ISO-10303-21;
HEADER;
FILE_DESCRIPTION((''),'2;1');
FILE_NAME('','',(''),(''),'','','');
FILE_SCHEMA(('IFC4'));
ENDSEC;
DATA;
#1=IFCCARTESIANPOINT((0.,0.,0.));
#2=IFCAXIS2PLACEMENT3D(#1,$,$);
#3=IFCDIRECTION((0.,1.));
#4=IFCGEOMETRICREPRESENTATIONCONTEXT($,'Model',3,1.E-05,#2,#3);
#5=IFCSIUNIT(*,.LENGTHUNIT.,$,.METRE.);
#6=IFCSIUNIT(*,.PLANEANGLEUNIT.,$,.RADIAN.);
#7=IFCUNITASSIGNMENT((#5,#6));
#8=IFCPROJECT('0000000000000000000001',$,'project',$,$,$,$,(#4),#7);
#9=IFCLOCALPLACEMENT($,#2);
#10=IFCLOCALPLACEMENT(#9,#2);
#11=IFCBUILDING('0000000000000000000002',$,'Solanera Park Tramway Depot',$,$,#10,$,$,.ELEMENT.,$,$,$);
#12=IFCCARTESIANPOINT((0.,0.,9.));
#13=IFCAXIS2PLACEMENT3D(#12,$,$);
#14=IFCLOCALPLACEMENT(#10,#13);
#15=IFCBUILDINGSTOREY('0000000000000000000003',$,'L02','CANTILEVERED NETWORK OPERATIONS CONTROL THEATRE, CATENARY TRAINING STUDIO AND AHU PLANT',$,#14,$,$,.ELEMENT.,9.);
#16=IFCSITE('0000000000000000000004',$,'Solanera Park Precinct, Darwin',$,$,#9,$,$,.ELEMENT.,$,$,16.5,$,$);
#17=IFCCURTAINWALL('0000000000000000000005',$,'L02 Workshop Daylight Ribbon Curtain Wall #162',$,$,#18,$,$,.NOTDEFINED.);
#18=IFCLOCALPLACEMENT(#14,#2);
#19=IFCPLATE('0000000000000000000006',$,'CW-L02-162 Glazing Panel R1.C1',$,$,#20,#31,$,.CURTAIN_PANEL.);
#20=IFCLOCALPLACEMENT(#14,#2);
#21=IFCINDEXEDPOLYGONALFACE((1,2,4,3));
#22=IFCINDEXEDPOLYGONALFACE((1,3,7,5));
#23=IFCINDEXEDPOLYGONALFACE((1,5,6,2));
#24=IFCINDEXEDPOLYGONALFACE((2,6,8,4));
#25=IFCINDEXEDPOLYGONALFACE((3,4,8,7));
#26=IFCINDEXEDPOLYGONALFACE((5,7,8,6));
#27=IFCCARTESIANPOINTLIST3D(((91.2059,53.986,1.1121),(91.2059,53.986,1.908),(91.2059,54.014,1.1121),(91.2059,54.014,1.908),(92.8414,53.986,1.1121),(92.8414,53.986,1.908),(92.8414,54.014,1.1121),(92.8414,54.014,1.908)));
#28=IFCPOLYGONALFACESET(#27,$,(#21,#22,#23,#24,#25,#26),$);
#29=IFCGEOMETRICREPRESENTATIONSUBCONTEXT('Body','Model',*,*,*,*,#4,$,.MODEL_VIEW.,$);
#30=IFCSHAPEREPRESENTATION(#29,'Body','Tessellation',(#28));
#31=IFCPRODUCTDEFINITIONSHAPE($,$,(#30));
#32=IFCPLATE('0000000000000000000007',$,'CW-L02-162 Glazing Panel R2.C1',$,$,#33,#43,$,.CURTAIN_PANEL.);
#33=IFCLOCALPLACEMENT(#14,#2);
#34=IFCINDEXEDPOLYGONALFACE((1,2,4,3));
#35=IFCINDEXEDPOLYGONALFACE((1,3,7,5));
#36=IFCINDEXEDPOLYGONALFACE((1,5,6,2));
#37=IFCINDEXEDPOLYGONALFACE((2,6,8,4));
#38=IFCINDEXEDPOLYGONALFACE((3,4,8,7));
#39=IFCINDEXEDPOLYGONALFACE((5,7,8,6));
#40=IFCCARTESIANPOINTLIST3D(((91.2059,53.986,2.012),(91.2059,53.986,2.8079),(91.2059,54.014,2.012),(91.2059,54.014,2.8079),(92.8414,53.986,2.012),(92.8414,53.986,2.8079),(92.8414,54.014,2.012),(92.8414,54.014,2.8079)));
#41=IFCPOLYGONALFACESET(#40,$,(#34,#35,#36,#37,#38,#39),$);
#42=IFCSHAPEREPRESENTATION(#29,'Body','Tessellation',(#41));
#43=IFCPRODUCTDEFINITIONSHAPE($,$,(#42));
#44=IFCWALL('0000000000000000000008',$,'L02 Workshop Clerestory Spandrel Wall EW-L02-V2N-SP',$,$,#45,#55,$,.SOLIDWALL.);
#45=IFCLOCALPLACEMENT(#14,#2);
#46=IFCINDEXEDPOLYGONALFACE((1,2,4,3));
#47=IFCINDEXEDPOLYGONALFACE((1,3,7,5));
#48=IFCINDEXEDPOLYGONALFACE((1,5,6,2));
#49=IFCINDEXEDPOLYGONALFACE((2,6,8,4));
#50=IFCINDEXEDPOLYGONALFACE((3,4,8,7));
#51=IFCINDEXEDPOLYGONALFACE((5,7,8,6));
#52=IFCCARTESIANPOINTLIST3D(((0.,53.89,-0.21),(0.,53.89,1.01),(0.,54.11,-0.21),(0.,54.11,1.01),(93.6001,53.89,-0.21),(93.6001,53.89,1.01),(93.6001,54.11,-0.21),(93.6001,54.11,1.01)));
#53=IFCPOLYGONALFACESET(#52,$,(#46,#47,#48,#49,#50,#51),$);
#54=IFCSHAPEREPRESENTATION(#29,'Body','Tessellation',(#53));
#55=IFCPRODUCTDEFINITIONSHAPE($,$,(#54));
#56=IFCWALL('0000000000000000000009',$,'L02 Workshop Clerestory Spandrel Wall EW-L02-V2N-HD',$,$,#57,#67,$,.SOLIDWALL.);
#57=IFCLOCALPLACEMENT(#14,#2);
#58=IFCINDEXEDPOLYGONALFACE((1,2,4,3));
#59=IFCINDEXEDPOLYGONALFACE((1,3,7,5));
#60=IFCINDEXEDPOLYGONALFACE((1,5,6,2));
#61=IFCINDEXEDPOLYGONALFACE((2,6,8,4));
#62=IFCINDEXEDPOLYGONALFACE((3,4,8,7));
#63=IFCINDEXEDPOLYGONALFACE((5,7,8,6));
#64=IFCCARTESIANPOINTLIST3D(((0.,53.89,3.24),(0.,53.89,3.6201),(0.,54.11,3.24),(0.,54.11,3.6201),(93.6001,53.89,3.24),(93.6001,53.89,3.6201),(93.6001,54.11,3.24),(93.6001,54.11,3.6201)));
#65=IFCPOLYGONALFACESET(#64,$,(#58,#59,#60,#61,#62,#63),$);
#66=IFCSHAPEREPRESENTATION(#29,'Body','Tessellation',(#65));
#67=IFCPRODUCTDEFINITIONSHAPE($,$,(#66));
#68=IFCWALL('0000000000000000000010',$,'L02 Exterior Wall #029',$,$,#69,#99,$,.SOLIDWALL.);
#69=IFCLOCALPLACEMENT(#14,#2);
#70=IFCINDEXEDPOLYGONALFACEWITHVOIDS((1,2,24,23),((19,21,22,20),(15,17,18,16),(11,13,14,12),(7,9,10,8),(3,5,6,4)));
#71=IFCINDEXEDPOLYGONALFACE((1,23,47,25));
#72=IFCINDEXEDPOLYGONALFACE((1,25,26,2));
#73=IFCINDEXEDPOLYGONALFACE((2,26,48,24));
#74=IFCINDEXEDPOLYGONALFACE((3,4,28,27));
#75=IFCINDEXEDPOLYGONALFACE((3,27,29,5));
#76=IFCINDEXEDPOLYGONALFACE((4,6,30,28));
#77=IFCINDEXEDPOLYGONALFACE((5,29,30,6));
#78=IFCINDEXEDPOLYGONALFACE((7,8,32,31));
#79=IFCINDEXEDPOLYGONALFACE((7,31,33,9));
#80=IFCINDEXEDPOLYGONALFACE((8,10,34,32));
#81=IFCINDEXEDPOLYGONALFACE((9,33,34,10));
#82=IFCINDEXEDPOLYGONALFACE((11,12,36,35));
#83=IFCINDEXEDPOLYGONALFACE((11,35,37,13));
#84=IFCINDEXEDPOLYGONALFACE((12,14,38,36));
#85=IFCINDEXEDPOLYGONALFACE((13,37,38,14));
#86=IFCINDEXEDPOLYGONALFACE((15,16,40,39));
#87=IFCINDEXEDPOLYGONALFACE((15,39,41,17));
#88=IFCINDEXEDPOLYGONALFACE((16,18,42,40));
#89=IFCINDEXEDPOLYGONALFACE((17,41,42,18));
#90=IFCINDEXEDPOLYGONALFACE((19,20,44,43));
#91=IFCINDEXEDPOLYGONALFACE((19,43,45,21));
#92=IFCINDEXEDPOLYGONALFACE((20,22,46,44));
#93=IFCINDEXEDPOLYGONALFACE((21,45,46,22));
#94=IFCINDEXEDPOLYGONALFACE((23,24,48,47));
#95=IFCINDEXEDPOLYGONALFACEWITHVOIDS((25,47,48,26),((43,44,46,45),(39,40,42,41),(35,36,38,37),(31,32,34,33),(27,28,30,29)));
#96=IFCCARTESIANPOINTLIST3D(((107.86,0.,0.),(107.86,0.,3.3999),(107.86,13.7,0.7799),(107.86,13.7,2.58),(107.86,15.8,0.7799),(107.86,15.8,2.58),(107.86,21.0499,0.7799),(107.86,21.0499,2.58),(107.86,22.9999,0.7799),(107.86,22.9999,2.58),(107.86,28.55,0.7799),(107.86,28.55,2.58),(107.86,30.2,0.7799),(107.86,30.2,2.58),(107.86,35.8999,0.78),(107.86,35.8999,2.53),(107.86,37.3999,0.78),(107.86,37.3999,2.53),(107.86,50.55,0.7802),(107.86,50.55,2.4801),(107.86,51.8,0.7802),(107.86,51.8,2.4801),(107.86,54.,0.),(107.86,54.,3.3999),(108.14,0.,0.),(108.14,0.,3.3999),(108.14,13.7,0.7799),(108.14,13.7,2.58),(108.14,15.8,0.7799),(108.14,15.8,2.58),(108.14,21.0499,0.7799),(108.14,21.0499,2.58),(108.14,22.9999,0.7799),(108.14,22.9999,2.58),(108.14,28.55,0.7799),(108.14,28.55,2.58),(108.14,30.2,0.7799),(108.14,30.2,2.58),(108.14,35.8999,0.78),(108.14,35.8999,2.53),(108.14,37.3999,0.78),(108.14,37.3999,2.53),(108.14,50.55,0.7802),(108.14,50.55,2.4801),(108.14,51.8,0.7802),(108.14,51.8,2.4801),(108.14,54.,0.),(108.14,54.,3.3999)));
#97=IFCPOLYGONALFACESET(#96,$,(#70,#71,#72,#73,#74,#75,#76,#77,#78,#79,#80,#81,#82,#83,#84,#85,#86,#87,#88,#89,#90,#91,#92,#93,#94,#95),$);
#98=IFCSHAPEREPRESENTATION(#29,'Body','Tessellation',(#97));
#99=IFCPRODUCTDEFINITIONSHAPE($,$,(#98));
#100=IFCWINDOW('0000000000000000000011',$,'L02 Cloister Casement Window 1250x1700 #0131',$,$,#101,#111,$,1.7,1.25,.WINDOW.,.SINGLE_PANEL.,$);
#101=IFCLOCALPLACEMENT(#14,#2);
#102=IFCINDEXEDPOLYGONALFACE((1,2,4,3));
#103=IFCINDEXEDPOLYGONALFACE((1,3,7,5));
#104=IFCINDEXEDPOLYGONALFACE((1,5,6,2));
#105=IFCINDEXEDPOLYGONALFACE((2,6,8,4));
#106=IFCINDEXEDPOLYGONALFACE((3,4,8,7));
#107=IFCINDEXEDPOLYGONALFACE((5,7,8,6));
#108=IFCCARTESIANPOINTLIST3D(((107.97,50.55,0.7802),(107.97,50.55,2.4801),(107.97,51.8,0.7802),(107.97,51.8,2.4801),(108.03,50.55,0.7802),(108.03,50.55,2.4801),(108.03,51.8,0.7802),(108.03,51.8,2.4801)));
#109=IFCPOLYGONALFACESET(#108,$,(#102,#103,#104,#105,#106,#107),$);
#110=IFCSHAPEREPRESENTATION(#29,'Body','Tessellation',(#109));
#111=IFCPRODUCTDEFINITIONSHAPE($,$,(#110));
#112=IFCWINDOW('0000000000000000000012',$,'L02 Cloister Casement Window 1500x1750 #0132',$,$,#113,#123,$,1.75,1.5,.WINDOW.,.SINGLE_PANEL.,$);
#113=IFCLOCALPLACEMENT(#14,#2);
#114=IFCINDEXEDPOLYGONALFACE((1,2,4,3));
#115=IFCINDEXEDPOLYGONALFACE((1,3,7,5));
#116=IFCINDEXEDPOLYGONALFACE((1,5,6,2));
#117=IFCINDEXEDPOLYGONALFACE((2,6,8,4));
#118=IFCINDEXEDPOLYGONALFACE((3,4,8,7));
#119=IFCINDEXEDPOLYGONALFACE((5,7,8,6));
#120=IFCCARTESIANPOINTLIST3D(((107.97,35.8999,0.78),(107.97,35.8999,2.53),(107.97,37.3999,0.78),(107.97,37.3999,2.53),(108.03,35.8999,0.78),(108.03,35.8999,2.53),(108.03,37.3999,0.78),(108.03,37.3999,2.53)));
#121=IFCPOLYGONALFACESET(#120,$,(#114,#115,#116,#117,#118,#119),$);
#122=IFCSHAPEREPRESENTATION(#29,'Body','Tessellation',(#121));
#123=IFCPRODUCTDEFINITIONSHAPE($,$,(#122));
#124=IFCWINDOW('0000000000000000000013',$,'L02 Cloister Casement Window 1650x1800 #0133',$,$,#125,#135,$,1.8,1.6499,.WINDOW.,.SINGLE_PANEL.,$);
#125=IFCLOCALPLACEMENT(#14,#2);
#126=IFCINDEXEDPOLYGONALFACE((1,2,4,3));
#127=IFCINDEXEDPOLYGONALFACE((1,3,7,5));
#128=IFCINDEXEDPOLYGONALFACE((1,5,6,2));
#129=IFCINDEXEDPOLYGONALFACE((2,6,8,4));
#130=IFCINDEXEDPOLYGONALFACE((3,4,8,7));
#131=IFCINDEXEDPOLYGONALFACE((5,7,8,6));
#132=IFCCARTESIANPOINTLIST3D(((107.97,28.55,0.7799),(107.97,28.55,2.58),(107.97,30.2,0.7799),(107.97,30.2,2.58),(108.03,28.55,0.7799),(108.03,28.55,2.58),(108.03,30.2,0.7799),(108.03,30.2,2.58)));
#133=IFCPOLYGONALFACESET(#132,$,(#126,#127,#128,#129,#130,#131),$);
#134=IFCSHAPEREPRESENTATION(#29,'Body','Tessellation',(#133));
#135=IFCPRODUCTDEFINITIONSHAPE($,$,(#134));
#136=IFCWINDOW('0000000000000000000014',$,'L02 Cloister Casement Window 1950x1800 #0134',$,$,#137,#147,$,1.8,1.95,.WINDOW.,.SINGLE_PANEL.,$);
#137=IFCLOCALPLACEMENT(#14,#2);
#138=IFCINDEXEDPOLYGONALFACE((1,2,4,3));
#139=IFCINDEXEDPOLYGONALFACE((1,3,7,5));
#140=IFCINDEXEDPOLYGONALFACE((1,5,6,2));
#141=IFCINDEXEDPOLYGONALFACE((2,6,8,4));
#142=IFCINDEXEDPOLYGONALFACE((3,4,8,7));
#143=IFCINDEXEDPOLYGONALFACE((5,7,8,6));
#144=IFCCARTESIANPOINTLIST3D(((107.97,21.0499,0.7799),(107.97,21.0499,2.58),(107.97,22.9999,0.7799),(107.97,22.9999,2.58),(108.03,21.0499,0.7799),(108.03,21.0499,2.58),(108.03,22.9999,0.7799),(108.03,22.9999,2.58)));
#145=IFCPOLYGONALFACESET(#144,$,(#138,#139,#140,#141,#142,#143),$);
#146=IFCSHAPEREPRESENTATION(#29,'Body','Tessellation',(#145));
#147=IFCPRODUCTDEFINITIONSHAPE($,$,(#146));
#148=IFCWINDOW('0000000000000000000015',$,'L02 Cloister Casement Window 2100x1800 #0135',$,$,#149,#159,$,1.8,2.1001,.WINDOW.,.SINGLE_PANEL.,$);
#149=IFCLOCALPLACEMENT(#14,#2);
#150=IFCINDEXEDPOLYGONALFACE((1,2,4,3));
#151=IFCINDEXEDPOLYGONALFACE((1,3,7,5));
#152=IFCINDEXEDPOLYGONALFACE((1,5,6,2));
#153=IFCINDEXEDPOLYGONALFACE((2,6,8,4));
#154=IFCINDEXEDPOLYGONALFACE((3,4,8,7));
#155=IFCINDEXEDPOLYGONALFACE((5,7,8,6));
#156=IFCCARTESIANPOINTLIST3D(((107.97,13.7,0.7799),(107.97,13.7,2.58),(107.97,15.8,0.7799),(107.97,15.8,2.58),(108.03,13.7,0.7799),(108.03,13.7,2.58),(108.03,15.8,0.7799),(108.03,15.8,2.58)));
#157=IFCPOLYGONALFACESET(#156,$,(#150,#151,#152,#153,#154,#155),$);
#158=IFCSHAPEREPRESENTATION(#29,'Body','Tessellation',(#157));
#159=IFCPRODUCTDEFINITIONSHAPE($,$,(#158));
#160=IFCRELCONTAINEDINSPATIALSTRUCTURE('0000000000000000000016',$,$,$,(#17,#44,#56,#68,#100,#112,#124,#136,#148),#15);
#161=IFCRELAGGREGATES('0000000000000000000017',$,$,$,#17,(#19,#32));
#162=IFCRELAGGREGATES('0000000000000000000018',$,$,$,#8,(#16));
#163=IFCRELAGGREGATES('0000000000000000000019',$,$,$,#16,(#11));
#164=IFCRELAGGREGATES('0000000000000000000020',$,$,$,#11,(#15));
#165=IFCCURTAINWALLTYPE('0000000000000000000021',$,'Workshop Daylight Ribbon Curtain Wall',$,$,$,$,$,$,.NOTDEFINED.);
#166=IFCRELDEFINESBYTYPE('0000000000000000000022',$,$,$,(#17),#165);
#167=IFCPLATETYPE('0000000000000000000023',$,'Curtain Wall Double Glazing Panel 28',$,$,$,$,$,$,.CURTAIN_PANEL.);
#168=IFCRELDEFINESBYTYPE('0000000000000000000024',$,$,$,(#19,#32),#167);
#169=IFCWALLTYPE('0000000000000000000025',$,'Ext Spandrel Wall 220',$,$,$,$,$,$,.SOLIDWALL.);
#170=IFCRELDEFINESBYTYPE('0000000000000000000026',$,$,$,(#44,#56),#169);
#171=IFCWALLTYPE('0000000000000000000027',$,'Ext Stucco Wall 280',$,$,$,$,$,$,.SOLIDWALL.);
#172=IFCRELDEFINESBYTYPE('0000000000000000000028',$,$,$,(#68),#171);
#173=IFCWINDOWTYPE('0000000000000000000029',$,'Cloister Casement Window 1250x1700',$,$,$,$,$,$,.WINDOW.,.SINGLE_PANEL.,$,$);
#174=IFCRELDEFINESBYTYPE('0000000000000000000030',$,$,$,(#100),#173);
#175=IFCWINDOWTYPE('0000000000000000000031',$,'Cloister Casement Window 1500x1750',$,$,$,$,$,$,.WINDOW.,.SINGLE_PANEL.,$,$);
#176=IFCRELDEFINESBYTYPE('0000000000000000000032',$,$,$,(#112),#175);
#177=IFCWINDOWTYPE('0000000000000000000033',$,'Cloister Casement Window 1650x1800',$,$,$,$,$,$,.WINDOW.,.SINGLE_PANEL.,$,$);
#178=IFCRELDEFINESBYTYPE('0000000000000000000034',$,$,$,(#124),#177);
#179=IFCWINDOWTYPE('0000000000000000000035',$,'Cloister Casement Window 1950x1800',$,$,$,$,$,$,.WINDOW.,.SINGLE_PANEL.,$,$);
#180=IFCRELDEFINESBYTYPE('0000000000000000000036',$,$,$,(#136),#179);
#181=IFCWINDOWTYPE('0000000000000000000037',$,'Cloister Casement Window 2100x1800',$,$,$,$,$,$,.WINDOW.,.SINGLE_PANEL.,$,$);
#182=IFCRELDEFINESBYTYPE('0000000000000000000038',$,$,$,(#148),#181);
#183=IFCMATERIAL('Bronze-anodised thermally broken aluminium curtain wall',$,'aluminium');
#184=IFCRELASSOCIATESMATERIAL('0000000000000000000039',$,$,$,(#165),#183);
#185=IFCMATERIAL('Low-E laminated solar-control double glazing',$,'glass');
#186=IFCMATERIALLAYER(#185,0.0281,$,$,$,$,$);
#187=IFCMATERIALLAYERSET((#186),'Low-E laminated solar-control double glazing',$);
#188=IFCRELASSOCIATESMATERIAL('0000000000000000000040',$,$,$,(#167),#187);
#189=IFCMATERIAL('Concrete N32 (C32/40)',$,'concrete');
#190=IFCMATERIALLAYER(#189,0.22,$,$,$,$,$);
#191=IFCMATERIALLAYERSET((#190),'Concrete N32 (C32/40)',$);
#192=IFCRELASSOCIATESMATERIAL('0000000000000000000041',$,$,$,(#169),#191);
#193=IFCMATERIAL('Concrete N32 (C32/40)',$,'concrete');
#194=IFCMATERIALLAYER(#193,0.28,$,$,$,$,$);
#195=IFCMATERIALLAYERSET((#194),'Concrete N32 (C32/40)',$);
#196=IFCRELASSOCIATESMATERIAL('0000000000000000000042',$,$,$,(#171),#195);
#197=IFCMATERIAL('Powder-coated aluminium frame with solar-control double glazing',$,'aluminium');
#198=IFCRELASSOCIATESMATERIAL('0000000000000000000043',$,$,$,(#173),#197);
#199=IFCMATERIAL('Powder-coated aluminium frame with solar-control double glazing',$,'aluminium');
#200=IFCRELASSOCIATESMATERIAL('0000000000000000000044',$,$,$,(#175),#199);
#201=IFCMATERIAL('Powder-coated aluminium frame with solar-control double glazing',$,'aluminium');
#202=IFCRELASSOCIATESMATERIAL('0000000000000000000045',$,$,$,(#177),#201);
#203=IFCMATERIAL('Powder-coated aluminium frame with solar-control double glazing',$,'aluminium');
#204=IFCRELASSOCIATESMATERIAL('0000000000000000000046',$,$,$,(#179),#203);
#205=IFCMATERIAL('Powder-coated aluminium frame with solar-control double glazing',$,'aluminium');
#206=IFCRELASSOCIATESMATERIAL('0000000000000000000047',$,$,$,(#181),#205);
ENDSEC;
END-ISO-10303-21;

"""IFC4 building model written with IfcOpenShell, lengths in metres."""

from ifc_helpers import new_model, si_unit, direction, frame, frame_2d, origin, origin_2d, place, context, subcontext, project, spatial, rectangle, extrude, material, layer, layer_set, type_object, element, fill, aggregate, save


model = new_model("IFC4")

# Units and contexts
model_context = context("Model", 3, precision=1e-05, world=origin(), true_north=direction((0.0, 1.0)))
body_context = subcontext(model_context, "Body", "Model", "MODEL_VIEW")
ifc_project = project(units=[si_unit("LENGTHUNIT", "METRE"), si_unit("PLANEANGLEUNIT", "RADIAN")], contexts=[model_context])

# Site, building, storey
site_placement = place(None, origin())
site = spatial("IfcSite", under=ifc_project, at=site_placement, Name="Solanera Park Precinct, Darwin", CompositionType="ELEMENT", RefElevation=16.5)
building_placement = place(site_placement, origin())
building = spatial("IfcBuilding", under=site, at=building_placement, Name="Solanera Park Tramway Depot", CompositionType="ELEMENT")
storey_placement = place(building_placement, frame((0.0, 0.0, 9.0)))
storey = spatial("IfcBuildingStorey", under=building, at=storey_placement, Name="L02", Description="CANTILEVERED NETWORK OPERATIONS CONTROL THEATRE, CATENARY TRAINING STUDIO AND AHU PLANT", CompositionType="ELEMENT", Elevation=9.0)

# Curtain wall
ifc_material_1 = material(Name="Bronze-anodised thermally broken aluminium curtain wall", Category="aluminium")
curtain_wall_type = type_object("IfcCurtainWallType", Name="Workshop Daylight Ribbon Curtain Wall", PredefinedType="NOTDEFINED", material=ifc_material_1)
curtain_wall_placement = place(storey_placement, origin())
curtain_wall = element("IfcCurtainWall", 1, at=curtain_wall_placement, inside=storey, type_object=curtain_wall_type, Name="L02 Workshop Daylight Ribbon Curtain Wall #162", PredefinedType="NOTDEFINED")

# Plates
ifc_material_2 = material(Name="Low-E laminated solar-control double glazing", Category="glass")
ifc_layer_1 = layer(ifc_material_2, 0.0281)
ifc_layer_set_1 = layer_set([ifc_layer_1], Name="Low-E laminated solar-control double glazing")
plate_type = type_object("IfcPlateType", Name="Curtain Wall Double Glazing Panel 28", PredefinedType="CURTAIN_PANEL", material=ifc_layer_set_1)
plate_1_placement = place(storey_placement, frame((92.0237, 54.0, 1.1121), z_axis=(0.0, 0.0, 1.0), x_axis=(-1.0, 0.0, 0.0)))
plate_1 = element("IfcPlate", 2, at=plate_1_placement, type_object=plate_type, Name="CW-L02-162 Glazing Panel R1.C1", PredefinedType="CURTAIN_PANEL", context=body_context, shape_type="SweptSolid", body=[
    extrude(rectangle(XDim=1.6355, YDim=0.0281, at=origin_2d()), origin(), (0.0, 0.0, 1.0), 0.7959),
])
plate_2_placement = place(storey_placement, frame((92.0237, 54.0, 2.012), z_axis=(0.0, 0.0, 1.0), x_axis=(-1.0, 0.0, 0.0)))
plate_2 = element("IfcPlate", 3, at=plate_2_placement, type_object=plate_type, Name="CW-L02-162 Glazing Panel R2.C1", PredefinedType="CURTAIN_PANEL", context=body_context, shape_type="SweptSolid", body=[
    extrude(rectangle(XDim=1.6355, YDim=0.0281, at=origin_2d()), origin(), (0.0, 0.0, 1.0), 0.7959),
])
aggregate(curtain_wall, [plate_1, plate_2])

# Walls
ifc_material_3 = material(Name="Concrete N32 (C32/40)", Category="concrete")
ifc_layer_2 = layer(ifc_material_3, 0.22)
ifc_layer_set_2 = layer_set([ifc_layer_2], Name="Concrete N32 (C32/40)")
wall_type_1 = type_object("IfcWallType", Name="Ext Spandrel Wall 220", PredefinedType="SOLIDWALL", material=ifc_layer_set_2)
wall_1_placement = place(storey_placement, frame((93.6001, 54.0, -0.21), z_axis=(0.0, 0.0, 1.0), x_axis=(-1.0, 0.0, 0.0)))
element("IfcWall", 4, at=wall_1_placement, inside=storey, type_object=wall_type_1, Name="L02 Workshop Clerestory Spandrel Wall EW-L02-V2N-SP", PredefinedType="SOLIDWALL", context=body_context, shape_type="SweptSolid", body=[
    extrude(rectangle(XDim=93.6001, YDim=0.22, at=frame_2d((46.8, 0.0))), origin(), (0.0, 0.0, 1.0), 1.22),
])
wall_2_placement = place(storey_placement, frame((93.6001, 54.0, 3.24), z_axis=(0.0, 0.0, 1.0), x_axis=(-1.0, 0.0, 0.0)))
element("IfcWall", 5, at=wall_2_placement, inside=storey, type_object=wall_type_1, Name="L02 Workshop Clerestory Spandrel Wall EW-L02-V2N-HD", PredefinedType="SOLIDWALL", context=body_context, shape_type="SweptSolid", body=[
    extrude(rectangle(XDim=93.6001, YDim=0.22, at=frame_2d((46.8, 0.0))), origin(), (0.0, 0.0, 1.0), 0.3801),
])

# Wall, openings, windows
ifc_material_4 = material(Name="Concrete N32 (C32/40)", Category="concrete")
ifc_layer_3 = layer(ifc_material_4, 0.28)
ifc_layer_set_3 = layer_set([ifc_layer_3], Name="Concrete N32 (C32/40)")
wall_type_2 = type_object("IfcWallType", Name="Ext Stucco Wall 280", PredefinedType="SOLIDWALL", material=ifc_layer_set_3)
wall_3_placement = place(storey_placement, frame((108.0, 54.0, 0.0), z_axis=(0.0, 0.0, 1.0), x_axis=(0.0, -1.0, 0.0)))
wall_3 = element("IfcWall", 6, at=wall_3_placement, inside=storey, type_object=wall_type_2, Name="L02 Exterior Wall #029", PredefinedType="SOLIDWALL", context=body_context, shape_type="SweptSolid", body=[
    extrude(rectangle(XDim=54.0, YDim=0.28, at=frame_2d((27.0, 0.0))), origin(), (0.0, 0.0, 1.0), 3.3999),
])
opening_1_placement = place(wall_3_placement, frame((2.2, 0.0, 0.78)))
opening_1 = element("IfcOpeningElement", 7, at=opening_1_placement, cuts=wall_3, PredefinedType="OPENING", context=body_context, shape_type="SweptSolid", body=[
    extrude(rectangle(XDim=1.25, YDim=1.7, at=frame_2d((0.625, 0.8501))), frame((0.0, 0.1499, 0.0), z_axis=(0.0, -1.0, 0.0), x_axis=(1.0, 0.0, 0.0)), (0.0, 0.0, 1.0), 0.3),
])
opening_2_placement = place(wall_3_placement, frame((16.6001, 0.0, 0.78)))
opening_2 = element("IfcOpeningElement", 8, at=opening_2_placement, cuts=wall_3, PredefinedType="OPENING", context=body_context, shape_type="SweptSolid", body=[
    extrude(rectangle(XDim=1.5, YDim=1.75, at=frame_2d((0.75, 0.875))), frame((0.0, 0.1499, 0.0), z_axis=(0.0, -1.0, 0.0), x_axis=(1.0, 0.0, 0.0)), (0.0, 0.0, 1.0), 0.3),
])
opening_3_placement = place(wall_3_placement, frame((23.8, 0.0, 0.78)))
opening_3 = element("IfcOpeningElement", 9, at=opening_3_placement, cuts=wall_3, PredefinedType="OPENING", context=body_context, shape_type="SweptSolid", body=[
    extrude(rectangle(XDim=1.6499, YDim=1.8, at=frame_2d((0.825, 0.8999))), frame((0.0, 0.1499, 0.0), z_axis=(0.0, -1.0, 0.0), x_axis=(1.0, 0.0, 0.0)), (0.0, 0.0, 1.0), 0.3),
])
opening_4_placement = place(wall_3_placement, frame((31.0, 0.0, 0.78)))
opening_4 = element("IfcOpeningElement", 10, at=opening_4_placement, cuts=wall_3, PredefinedType="OPENING", context=body_context, shape_type="SweptSolid", body=[
    extrude(rectangle(XDim=1.95, YDim=1.8, at=frame_2d((0.9751, 0.8999))), frame((0.0, 0.1499, 0.0), z_axis=(0.0, -1.0, 0.0), x_axis=(1.0, 0.0, 0.0)), (0.0, 0.0, 1.0), 0.3),
])
opening_5_placement = place(wall_3_placement, frame((38.2, 0.0, 0.78)))
opening_5 = element("IfcOpeningElement", 11, at=opening_5_placement, cuts=wall_3, PredefinedType="OPENING", context=body_context, shape_type="SweptSolid", body=[
    extrude(rectangle(XDim=2.1001, YDim=1.8, at=frame_2d((1.05, 0.8999))), frame((0.0, 0.1499, 0.0), z_axis=(0.0, -1.0, 0.0), x_axis=(1.0, 0.0, 0.0)), (0.0, 0.0, 1.0), 0.3),
])
ifc_material_5 = material(Name="Powder-coated aluminium frame with solar-control double glazing", Category="aluminium")
window_type_1 = type_object("IfcWindowType", Name="Cloister Casement Window 1250x1700", PartitioningType="SINGLE_PANEL", PredefinedType="WINDOW", material=ifc_material_5)
window_1_placement = place(opening_1_placement, origin())
window_1 = element("IfcWindow", 12, at=window_1_placement, inside=storey, type_object=window_type_1, Name="L02 Cloister Casement Window 1250x1700 #0131", OverallHeight=1.7, OverallWidth=1.25, PartitioningType="SINGLE_PANEL", PredefinedType="WINDOW", context=body_context, shape_type="SweptSolid", body=[
    extrude(rectangle(XDim=1.25, YDim=1.7, at=frame_2d((0.625, 0.8501))), frame((0.0, 0.03, 0.0), z_axis=(0.0, -1.0, 0.0), x_axis=(1.0, 0.0, 0.0)), (0.0, 0.0, 1.0), 0.0601),
])
fill(opening_1, window_1)
ifc_material_6 = material(Name="Powder-coated aluminium frame with solar-control double glazing", Category="aluminium")
window_type_2 = type_object("IfcWindowType", Name="Cloister Casement Window 1500x1750", PartitioningType="SINGLE_PANEL", PredefinedType="WINDOW", material=ifc_material_6)
window_2_placement = place(opening_2_placement, origin())
window_2 = element("IfcWindow", 13, at=window_2_placement, inside=storey, type_object=window_type_2, Name="L02 Cloister Casement Window 1500x1750 #0132", OverallHeight=1.75, OverallWidth=1.5, PartitioningType="SINGLE_PANEL", PredefinedType="WINDOW", context=body_context, shape_type="SweptSolid", body=[
    extrude(rectangle(XDim=1.5, YDim=1.75, at=frame_2d((0.75, 0.875))), frame((0.0, 0.03, 0.0), z_axis=(0.0, -1.0, 0.0), x_axis=(1.0, 0.0, 0.0)), (0.0, 0.0, 1.0), 0.0601),
])
fill(opening_2, window_2)
ifc_material_7 = material(Name="Powder-coated aluminium frame with solar-control double glazing", Category="aluminium")
window_type_3 = type_object("IfcWindowType", Name="Cloister Casement Window 1650x1800", PartitioningType="SINGLE_PANEL", PredefinedType="WINDOW", material=ifc_material_7)
window_3_placement = place(opening_3_placement, origin())
window_3 = element("IfcWindow", 14, at=window_3_placement, inside=storey, type_object=window_type_3, Name="L02 Cloister Casement Window 1650x1800 #0133", OverallHeight=1.8, OverallWidth=1.6499, PartitioningType="SINGLE_PANEL", PredefinedType="WINDOW", context=body_context, shape_type="SweptSolid", body=[
    extrude(rectangle(XDim=1.6499, YDim=1.8, at=frame_2d((0.825, 0.8999))), frame((0.0, 0.03, 0.0), z_axis=(0.0, -1.0, 0.0), x_axis=(1.0, 0.0, 0.0)), (0.0, 0.0, 1.0), 0.0601),
])
fill(opening_3, window_3)
ifc_material_8 = material(Name="Powder-coated aluminium frame with solar-control double glazing", Category="aluminium")
window_type_4 = type_object("IfcWindowType", Name="Cloister Casement Window 1950x1800", PartitioningType="SINGLE_PANEL", PredefinedType="WINDOW", material=ifc_material_8)
window_4_placement = place(opening_4_placement, origin())
window_4 = element("IfcWindow", 15, at=window_4_placement, inside=storey, type_object=window_type_4, Name="L02 Cloister Casement Window 1950x1800 #0134", OverallHeight=1.8, OverallWidth=1.95, PartitioningType="SINGLE_PANEL", PredefinedType="WINDOW", context=body_context, shape_type="SweptSolid", body=[
    extrude(rectangle(XDim=1.95, YDim=1.8, at=frame_2d((0.9751, 0.8999))), frame((0.0, 0.03, 0.0), z_axis=(0.0, -1.0, 0.0), x_axis=(1.0, 0.0, 0.0)), (0.0, 0.0, 1.0), 0.0601),
])
fill(opening_4, window_4)
ifc_material_9 = material(Name="Powder-coated aluminium frame with solar-control double glazing", Category="aluminium")
window_type_5 = type_object("IfcWindowType", Name="Cloister Casement Window 2100x1800", PartitioningType="SINGLE_PANEL", PredefinedType="WINDOW", material=ifc_material_9)
window_5_placement = place(opening_5_placement, origin())
window_5 = element("IfcWindow", 16, at=window_5_placement, inside=storey, type_object=window_type_5, Name="L02 Cloister Casement Window 2100x1800 #0135", OverallHeight=1.8, OverallWidth=2.1001, PartitioningType="SINGLE_PANEL", PredefinedType="WINDOW", context=body_context, shape_type="SweptSolid", body=[
    extrude(rectangle(XDim=2.1001, YDim=1.8, at=frame_2d((1.05, 0.8999))), frame((0.0, 0.03, 0.0), z_axis=(0.0, -1.0, 0.0), x_axis=(1.0, 0.0, 0.0)), (0.0, 0.0, 1.0), 0.0601),
])
fill(opening_5, window_5)

save(model, "model.ifc")
